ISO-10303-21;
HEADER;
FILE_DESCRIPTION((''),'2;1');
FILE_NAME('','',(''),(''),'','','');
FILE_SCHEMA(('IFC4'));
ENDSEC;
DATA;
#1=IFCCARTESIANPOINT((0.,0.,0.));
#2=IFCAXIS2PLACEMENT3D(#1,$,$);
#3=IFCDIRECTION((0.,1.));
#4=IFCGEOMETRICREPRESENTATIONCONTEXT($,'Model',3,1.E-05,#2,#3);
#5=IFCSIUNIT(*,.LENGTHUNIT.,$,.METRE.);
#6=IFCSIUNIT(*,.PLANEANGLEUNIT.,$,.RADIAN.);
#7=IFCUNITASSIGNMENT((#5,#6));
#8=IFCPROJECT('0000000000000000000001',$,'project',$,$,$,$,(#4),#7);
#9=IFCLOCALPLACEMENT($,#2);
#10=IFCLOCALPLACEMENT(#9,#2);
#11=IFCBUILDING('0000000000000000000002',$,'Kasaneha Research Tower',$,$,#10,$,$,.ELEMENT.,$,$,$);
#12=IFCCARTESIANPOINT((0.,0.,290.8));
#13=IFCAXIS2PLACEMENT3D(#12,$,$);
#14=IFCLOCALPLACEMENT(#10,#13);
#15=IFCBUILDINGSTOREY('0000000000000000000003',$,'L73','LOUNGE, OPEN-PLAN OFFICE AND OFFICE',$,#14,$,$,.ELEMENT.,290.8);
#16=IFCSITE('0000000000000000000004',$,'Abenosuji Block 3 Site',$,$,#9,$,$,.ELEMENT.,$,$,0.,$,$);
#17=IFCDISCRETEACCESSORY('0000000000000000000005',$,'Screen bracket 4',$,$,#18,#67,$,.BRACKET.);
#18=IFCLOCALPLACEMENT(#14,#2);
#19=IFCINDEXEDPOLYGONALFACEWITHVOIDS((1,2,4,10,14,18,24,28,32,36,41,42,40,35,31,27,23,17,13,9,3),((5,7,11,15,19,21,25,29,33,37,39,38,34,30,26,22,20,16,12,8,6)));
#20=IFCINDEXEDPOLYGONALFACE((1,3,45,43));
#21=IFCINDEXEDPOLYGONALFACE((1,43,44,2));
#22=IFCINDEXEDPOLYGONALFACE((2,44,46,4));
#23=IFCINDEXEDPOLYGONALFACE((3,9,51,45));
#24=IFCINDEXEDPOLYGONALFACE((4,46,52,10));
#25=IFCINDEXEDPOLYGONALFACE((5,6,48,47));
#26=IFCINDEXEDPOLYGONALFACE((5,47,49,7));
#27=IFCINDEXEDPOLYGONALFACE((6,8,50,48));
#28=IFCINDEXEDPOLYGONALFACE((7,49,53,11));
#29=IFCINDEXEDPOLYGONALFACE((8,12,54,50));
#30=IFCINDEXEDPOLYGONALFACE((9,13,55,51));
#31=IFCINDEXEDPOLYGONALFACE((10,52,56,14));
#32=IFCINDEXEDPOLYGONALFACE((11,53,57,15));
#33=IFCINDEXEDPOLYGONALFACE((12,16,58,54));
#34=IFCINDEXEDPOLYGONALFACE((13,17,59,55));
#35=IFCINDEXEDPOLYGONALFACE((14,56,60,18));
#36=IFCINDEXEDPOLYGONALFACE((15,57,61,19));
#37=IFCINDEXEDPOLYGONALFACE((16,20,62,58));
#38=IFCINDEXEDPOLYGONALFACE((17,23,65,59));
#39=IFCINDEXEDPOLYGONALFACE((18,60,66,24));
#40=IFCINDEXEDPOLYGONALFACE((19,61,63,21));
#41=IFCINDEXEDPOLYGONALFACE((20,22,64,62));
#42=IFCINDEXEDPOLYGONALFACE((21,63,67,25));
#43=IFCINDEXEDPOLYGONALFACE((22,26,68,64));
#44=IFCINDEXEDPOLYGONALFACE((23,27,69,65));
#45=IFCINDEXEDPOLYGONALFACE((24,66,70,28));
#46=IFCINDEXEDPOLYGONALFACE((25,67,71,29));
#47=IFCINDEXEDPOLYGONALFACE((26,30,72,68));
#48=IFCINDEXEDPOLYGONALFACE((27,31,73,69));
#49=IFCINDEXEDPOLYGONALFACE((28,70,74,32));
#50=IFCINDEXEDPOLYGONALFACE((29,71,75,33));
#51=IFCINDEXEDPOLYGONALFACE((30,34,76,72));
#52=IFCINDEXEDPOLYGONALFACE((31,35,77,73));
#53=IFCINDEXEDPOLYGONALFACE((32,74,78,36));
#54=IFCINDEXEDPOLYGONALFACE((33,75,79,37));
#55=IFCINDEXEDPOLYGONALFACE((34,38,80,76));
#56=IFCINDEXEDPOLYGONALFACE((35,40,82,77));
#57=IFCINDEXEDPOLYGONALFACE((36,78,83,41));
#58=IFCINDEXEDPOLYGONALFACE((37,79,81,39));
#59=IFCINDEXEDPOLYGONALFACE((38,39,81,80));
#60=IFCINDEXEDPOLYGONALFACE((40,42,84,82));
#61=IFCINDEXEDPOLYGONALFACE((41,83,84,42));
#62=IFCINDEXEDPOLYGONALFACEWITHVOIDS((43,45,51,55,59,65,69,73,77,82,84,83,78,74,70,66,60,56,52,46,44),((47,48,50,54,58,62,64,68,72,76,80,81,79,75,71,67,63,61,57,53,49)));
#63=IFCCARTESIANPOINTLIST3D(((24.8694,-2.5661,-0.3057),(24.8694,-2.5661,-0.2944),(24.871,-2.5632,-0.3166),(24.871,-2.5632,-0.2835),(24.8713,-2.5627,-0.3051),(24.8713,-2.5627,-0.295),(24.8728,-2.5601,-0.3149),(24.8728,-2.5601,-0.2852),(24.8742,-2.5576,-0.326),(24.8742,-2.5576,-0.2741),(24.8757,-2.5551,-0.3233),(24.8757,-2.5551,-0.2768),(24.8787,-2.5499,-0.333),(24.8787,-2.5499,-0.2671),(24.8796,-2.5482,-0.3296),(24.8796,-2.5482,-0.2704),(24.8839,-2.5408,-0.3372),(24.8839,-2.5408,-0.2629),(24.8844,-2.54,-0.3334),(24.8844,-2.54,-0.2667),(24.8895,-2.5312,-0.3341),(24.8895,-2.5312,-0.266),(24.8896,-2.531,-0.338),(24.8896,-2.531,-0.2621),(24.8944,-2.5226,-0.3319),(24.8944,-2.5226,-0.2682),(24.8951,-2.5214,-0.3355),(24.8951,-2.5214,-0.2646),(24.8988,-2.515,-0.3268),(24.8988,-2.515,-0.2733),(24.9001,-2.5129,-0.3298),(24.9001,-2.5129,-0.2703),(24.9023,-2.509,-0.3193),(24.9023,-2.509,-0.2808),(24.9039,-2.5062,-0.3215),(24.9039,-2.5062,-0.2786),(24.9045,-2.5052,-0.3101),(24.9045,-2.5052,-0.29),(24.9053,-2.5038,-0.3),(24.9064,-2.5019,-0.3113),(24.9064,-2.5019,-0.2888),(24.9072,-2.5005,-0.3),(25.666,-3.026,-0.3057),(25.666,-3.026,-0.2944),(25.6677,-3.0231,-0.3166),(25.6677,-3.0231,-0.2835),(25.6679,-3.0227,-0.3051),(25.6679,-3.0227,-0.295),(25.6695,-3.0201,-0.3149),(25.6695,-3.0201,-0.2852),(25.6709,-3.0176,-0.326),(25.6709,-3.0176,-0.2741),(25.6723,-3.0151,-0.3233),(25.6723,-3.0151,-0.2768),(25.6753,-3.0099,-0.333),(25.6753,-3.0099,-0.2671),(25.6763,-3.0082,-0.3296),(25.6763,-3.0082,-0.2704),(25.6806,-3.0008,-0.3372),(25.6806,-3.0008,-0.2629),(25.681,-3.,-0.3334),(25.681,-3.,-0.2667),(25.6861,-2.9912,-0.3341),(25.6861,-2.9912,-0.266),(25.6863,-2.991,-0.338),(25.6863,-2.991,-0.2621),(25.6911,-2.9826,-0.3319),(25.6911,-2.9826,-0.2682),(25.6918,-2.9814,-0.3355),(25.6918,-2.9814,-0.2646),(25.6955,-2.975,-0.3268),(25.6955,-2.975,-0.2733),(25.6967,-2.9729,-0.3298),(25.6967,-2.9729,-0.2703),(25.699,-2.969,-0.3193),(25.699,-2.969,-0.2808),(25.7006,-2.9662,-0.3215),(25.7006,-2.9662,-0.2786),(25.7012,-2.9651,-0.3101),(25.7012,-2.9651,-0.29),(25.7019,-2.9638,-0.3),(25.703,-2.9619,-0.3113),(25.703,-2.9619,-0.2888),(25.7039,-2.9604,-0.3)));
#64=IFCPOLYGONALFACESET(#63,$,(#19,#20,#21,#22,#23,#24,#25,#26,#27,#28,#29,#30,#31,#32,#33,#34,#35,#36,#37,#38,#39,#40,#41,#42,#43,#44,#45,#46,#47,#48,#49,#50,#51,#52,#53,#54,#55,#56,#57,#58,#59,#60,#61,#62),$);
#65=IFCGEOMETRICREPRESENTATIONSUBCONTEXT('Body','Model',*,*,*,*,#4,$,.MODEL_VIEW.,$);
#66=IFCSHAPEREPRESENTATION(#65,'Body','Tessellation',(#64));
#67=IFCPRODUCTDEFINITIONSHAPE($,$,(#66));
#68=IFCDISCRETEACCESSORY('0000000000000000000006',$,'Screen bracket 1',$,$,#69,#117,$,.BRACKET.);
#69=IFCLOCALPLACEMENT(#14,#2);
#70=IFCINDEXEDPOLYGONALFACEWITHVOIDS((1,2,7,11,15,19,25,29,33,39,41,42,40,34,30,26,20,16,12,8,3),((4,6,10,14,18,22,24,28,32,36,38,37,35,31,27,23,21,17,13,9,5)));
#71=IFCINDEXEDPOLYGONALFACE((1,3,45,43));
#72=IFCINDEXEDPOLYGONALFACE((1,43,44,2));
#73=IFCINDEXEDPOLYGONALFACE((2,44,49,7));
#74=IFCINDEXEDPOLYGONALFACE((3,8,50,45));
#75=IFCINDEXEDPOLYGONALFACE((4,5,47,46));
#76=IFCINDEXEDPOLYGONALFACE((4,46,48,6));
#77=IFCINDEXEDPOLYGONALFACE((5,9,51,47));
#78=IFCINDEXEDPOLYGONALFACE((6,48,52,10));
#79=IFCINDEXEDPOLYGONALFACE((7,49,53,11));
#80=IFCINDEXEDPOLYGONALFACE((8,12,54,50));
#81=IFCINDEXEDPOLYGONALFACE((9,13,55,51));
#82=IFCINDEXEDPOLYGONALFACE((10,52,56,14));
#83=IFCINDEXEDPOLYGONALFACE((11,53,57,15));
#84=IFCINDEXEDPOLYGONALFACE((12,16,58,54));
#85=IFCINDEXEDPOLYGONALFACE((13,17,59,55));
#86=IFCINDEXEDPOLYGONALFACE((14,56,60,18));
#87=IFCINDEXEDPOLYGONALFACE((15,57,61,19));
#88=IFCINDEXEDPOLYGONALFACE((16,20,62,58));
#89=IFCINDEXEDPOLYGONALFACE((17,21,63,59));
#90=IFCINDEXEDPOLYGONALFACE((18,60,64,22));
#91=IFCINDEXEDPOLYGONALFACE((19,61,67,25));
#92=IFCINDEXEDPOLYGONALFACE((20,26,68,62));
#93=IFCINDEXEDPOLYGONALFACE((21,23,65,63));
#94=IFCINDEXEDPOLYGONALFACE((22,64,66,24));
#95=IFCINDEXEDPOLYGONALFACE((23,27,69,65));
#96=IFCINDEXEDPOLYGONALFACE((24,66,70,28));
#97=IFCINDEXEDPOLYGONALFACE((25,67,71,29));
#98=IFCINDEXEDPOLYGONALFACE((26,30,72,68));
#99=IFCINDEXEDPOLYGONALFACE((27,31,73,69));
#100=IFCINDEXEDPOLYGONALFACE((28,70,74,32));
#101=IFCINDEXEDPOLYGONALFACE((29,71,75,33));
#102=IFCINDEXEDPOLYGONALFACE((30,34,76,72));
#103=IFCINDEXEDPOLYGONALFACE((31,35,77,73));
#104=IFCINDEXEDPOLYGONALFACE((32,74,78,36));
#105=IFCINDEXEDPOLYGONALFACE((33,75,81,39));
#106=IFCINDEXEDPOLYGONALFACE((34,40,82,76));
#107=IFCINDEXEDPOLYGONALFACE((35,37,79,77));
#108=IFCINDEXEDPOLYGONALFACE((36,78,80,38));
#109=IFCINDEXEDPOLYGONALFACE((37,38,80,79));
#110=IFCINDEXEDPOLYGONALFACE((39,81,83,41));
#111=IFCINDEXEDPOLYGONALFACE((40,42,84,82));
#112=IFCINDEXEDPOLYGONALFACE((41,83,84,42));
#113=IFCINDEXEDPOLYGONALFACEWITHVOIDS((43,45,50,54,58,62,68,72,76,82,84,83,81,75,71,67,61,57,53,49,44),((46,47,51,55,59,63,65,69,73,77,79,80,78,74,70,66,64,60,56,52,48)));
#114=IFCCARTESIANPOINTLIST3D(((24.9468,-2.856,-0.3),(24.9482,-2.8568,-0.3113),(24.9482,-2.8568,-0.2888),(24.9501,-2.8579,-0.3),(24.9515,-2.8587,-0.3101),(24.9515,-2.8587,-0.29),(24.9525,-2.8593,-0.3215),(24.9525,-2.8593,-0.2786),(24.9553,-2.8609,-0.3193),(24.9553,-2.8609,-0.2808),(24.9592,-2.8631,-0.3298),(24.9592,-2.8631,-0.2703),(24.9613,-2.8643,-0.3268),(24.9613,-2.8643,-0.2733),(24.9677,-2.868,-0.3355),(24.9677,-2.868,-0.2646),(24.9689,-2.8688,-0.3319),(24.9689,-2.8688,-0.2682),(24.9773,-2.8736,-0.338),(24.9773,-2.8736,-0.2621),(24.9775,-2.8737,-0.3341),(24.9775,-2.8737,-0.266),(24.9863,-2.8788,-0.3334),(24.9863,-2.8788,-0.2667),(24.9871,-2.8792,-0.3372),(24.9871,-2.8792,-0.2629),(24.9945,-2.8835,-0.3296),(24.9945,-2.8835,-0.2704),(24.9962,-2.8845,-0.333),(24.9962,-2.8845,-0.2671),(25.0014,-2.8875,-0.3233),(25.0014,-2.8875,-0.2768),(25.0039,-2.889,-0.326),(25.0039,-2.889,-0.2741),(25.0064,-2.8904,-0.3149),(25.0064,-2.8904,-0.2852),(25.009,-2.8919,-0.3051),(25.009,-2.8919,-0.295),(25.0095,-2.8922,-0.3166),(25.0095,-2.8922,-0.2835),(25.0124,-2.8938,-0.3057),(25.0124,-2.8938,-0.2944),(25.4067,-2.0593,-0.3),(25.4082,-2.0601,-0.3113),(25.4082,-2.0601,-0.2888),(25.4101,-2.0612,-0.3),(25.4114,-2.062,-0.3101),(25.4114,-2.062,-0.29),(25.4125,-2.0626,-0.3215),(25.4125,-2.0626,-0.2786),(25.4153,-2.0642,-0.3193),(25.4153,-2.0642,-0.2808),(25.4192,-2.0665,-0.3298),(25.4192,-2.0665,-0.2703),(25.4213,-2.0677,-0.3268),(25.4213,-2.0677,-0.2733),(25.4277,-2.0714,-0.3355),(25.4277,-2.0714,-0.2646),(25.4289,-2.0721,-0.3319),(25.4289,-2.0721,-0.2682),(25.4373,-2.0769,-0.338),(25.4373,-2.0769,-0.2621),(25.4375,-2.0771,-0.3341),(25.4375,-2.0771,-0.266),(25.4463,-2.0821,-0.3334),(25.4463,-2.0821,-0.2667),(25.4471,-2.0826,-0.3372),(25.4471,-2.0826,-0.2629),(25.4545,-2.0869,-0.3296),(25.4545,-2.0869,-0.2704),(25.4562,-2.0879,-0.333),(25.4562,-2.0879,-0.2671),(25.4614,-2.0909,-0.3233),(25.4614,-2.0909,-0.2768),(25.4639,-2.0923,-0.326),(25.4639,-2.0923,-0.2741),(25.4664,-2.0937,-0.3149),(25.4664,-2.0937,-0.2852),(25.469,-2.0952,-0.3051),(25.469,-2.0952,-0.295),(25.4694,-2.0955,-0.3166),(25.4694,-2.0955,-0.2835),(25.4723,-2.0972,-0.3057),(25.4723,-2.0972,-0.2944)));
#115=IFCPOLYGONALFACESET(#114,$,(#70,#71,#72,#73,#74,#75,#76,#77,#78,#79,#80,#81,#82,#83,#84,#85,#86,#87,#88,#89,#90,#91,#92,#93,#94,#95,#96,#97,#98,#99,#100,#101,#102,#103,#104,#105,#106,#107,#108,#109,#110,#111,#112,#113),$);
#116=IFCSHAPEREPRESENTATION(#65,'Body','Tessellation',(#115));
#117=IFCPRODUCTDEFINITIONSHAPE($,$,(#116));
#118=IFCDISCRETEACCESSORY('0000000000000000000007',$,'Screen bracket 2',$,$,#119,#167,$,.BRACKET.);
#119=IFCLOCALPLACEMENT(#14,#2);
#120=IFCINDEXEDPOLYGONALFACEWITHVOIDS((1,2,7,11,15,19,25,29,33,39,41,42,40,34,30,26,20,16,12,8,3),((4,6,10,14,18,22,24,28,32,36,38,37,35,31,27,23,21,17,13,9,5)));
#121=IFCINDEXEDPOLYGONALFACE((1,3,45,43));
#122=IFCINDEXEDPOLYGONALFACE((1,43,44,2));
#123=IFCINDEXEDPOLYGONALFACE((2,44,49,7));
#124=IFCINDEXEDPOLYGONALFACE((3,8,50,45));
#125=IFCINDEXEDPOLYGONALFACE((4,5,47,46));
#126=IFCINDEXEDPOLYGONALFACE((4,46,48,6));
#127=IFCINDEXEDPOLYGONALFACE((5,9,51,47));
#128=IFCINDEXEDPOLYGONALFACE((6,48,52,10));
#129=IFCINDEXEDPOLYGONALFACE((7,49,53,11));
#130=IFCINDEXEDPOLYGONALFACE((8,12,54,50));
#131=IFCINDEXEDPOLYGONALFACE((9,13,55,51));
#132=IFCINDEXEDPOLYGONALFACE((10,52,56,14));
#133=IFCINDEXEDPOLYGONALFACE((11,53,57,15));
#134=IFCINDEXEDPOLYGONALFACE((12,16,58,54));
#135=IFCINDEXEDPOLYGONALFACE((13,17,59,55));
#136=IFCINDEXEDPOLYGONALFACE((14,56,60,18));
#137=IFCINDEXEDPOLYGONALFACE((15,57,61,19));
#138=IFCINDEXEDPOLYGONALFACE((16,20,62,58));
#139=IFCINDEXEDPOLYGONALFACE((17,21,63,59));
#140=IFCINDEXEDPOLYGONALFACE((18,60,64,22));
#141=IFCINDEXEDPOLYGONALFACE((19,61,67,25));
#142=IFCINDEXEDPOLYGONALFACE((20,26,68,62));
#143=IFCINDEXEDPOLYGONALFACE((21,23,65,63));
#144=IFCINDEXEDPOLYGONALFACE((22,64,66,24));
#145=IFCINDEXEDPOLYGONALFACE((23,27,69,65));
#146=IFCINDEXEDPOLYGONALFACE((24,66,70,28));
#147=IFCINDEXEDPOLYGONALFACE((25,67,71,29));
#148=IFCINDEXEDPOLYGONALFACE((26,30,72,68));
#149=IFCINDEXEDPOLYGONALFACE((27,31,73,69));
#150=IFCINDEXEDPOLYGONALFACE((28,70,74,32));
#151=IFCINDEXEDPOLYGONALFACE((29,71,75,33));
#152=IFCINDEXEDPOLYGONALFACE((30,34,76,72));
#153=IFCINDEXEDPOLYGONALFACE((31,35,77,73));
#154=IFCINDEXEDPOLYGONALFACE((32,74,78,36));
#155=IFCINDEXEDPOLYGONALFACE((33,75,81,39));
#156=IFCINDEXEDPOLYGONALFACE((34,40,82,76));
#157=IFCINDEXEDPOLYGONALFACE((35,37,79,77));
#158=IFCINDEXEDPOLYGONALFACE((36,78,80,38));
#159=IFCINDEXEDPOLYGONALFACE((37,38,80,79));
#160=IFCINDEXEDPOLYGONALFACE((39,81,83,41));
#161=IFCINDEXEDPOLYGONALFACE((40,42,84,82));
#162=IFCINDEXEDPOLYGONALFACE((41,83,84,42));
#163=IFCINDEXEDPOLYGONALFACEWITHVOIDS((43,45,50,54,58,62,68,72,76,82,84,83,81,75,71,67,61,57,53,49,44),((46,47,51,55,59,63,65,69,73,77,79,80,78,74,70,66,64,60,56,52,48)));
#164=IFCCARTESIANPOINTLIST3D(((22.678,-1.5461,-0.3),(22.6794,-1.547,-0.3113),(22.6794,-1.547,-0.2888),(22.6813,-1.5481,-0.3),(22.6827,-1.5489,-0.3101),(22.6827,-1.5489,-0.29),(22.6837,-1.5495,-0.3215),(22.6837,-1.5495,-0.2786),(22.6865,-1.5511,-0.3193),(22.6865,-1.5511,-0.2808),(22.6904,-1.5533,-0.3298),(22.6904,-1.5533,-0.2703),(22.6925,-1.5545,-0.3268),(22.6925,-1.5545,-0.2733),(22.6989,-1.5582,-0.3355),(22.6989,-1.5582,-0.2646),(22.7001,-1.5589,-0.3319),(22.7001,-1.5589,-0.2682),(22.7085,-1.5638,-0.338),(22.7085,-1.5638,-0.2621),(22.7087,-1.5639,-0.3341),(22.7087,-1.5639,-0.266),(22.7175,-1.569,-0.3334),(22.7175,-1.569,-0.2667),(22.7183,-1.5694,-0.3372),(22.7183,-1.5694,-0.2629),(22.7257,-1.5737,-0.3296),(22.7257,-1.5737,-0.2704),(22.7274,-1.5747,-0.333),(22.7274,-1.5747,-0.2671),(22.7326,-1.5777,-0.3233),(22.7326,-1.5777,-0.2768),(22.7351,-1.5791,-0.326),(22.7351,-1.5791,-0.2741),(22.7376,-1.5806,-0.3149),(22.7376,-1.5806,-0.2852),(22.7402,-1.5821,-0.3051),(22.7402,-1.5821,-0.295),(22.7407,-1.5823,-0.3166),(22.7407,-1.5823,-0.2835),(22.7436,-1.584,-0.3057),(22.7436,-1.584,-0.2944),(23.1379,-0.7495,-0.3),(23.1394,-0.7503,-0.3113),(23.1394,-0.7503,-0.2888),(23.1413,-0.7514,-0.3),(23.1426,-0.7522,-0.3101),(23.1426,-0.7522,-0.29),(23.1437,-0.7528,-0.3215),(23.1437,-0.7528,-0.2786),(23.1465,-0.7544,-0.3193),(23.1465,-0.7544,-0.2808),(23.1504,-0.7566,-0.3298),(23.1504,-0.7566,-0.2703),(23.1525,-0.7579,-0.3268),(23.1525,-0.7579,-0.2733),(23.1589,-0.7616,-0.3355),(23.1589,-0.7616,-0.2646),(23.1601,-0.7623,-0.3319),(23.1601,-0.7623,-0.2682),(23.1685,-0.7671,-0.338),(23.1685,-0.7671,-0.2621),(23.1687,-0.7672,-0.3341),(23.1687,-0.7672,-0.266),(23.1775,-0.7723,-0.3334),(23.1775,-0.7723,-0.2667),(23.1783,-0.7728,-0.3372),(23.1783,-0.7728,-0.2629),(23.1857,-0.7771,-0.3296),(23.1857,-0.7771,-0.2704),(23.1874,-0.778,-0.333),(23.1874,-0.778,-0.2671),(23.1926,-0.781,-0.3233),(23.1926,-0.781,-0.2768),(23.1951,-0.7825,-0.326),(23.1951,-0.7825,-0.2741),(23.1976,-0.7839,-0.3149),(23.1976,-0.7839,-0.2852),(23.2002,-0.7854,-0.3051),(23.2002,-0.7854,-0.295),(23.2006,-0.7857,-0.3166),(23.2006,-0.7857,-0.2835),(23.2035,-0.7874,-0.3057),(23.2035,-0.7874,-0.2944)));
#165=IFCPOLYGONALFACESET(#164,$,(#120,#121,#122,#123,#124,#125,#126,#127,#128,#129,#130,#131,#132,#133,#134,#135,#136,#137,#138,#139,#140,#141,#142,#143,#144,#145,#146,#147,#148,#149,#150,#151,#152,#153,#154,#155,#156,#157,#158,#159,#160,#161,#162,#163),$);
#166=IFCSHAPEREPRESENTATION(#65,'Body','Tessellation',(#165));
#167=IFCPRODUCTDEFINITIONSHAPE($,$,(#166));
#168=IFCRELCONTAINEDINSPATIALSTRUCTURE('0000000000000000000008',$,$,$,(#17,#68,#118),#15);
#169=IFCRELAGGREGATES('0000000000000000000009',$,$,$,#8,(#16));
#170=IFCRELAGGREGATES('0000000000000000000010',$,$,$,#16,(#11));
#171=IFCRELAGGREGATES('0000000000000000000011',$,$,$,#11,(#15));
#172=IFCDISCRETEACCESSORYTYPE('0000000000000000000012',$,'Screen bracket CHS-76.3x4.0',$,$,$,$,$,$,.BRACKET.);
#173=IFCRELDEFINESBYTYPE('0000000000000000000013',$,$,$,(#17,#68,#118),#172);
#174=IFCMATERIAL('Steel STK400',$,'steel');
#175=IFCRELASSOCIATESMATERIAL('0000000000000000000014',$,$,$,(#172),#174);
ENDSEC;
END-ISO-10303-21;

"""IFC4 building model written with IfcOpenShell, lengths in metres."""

from ifc_helpers import new_model, si_unit, direction, frame, origin, origin_2d, place, context, subcontext, project, spatial, hollow_circle, extrude, material, material_profile, profile_set, type_object, element, save


model = new_model("IFC4")

# Units and contexts
model_context = context("Model", 3, precision=1e-05, world=origin(), true_north=direction((0.0, 1.0)))
body_context = subcontext(model_context, "Body", "Model", "MODEL_VIEW")
ifc_project = project(units=[si_unit("LENGTHUNIT", "METRE"), si_unit("PLANEANGLEUNIT", "RADIAN")], contexts=[model_context])

# Site, building, storey
site_placement = place(None, origin())
site = spatial("IfcSite", under=ifc_project, at=site_placement, Name="Abenosuji Block 3 Site", CompositionType="ELEMENT", RefElevation=0.0)
building_placement = place(site_placement, origin())
building = spatial("IfcBuilding", under=site, at=building_placement, Name="Kasaneha Research Tower", CompositionType="ELEMENT")
storey_placement = place(building_placement, frame((0.0, 0.0, 290.8)))
storey = spatial("IfcBuildingStorey", under=building, at=storey_placement, Name="L73", Description="LOUNGE, OPEN-PLAN OFFICE AND OFFICE", CompositionType="ELEMENT", Elevation=290.8)

# Discrete accessories
ifc_material_1 = material(Name="Steel STK400", Category="steel")
ifc_material_profile_1 = material_profile(ifc_material_1, hollow_circle(Radius=0.0381, WallThickness=0.0039, at=origin_2d()), Name="CHS-76.3x4.0")
ifc_profile_set_1 = profile_set([ifc_material_profile_1], Name="Steel STK400")
discrete_accessory_type = type_object("IfcDiscreteAccessoryType", Name="Screen bracket CHS-76.3x4.0", PredefinedType="BRACKET", material=ifc_profile_set_1)
for number, where, z_axis, x_axis, name in (
    (1, (24.8882, -2.5334, -0.3), (0.866013, -0.500021, 0.0), (0.500021, 0.866013, 0.0), "Screen bracket 4"),
    (2, (24.9797, -2.875, -0.3), (0.500021, 0.866013, 0.0), (-0.866013, 0.500021, 0.0), "Screen bracket 1"),
    (3, (22.7109, -1.5652, -0.3), (0.500021, 0.866013, 0.0), (-0.866013, 0.500021, 0.0), "Screen bracket 2"),
):
    element("IfcDiscreteAccessory", number, at=place(storey_placement, frame(where, z_axis=z_axis, x_axis=x_axis)), inside=storey, type_object=discrete_accessory_type, Name=name, PredefinedType="BRACKET", context=body_context, shape_type="SweptSolid", body=[
        extrude(hollow_circle(Radius=0.0381, WallThickness=0.0039, at=origin_2d()), origin(), (0.0, 0.0, 1.0), 0.9199),
    ])

save(model, "model.ifc")
